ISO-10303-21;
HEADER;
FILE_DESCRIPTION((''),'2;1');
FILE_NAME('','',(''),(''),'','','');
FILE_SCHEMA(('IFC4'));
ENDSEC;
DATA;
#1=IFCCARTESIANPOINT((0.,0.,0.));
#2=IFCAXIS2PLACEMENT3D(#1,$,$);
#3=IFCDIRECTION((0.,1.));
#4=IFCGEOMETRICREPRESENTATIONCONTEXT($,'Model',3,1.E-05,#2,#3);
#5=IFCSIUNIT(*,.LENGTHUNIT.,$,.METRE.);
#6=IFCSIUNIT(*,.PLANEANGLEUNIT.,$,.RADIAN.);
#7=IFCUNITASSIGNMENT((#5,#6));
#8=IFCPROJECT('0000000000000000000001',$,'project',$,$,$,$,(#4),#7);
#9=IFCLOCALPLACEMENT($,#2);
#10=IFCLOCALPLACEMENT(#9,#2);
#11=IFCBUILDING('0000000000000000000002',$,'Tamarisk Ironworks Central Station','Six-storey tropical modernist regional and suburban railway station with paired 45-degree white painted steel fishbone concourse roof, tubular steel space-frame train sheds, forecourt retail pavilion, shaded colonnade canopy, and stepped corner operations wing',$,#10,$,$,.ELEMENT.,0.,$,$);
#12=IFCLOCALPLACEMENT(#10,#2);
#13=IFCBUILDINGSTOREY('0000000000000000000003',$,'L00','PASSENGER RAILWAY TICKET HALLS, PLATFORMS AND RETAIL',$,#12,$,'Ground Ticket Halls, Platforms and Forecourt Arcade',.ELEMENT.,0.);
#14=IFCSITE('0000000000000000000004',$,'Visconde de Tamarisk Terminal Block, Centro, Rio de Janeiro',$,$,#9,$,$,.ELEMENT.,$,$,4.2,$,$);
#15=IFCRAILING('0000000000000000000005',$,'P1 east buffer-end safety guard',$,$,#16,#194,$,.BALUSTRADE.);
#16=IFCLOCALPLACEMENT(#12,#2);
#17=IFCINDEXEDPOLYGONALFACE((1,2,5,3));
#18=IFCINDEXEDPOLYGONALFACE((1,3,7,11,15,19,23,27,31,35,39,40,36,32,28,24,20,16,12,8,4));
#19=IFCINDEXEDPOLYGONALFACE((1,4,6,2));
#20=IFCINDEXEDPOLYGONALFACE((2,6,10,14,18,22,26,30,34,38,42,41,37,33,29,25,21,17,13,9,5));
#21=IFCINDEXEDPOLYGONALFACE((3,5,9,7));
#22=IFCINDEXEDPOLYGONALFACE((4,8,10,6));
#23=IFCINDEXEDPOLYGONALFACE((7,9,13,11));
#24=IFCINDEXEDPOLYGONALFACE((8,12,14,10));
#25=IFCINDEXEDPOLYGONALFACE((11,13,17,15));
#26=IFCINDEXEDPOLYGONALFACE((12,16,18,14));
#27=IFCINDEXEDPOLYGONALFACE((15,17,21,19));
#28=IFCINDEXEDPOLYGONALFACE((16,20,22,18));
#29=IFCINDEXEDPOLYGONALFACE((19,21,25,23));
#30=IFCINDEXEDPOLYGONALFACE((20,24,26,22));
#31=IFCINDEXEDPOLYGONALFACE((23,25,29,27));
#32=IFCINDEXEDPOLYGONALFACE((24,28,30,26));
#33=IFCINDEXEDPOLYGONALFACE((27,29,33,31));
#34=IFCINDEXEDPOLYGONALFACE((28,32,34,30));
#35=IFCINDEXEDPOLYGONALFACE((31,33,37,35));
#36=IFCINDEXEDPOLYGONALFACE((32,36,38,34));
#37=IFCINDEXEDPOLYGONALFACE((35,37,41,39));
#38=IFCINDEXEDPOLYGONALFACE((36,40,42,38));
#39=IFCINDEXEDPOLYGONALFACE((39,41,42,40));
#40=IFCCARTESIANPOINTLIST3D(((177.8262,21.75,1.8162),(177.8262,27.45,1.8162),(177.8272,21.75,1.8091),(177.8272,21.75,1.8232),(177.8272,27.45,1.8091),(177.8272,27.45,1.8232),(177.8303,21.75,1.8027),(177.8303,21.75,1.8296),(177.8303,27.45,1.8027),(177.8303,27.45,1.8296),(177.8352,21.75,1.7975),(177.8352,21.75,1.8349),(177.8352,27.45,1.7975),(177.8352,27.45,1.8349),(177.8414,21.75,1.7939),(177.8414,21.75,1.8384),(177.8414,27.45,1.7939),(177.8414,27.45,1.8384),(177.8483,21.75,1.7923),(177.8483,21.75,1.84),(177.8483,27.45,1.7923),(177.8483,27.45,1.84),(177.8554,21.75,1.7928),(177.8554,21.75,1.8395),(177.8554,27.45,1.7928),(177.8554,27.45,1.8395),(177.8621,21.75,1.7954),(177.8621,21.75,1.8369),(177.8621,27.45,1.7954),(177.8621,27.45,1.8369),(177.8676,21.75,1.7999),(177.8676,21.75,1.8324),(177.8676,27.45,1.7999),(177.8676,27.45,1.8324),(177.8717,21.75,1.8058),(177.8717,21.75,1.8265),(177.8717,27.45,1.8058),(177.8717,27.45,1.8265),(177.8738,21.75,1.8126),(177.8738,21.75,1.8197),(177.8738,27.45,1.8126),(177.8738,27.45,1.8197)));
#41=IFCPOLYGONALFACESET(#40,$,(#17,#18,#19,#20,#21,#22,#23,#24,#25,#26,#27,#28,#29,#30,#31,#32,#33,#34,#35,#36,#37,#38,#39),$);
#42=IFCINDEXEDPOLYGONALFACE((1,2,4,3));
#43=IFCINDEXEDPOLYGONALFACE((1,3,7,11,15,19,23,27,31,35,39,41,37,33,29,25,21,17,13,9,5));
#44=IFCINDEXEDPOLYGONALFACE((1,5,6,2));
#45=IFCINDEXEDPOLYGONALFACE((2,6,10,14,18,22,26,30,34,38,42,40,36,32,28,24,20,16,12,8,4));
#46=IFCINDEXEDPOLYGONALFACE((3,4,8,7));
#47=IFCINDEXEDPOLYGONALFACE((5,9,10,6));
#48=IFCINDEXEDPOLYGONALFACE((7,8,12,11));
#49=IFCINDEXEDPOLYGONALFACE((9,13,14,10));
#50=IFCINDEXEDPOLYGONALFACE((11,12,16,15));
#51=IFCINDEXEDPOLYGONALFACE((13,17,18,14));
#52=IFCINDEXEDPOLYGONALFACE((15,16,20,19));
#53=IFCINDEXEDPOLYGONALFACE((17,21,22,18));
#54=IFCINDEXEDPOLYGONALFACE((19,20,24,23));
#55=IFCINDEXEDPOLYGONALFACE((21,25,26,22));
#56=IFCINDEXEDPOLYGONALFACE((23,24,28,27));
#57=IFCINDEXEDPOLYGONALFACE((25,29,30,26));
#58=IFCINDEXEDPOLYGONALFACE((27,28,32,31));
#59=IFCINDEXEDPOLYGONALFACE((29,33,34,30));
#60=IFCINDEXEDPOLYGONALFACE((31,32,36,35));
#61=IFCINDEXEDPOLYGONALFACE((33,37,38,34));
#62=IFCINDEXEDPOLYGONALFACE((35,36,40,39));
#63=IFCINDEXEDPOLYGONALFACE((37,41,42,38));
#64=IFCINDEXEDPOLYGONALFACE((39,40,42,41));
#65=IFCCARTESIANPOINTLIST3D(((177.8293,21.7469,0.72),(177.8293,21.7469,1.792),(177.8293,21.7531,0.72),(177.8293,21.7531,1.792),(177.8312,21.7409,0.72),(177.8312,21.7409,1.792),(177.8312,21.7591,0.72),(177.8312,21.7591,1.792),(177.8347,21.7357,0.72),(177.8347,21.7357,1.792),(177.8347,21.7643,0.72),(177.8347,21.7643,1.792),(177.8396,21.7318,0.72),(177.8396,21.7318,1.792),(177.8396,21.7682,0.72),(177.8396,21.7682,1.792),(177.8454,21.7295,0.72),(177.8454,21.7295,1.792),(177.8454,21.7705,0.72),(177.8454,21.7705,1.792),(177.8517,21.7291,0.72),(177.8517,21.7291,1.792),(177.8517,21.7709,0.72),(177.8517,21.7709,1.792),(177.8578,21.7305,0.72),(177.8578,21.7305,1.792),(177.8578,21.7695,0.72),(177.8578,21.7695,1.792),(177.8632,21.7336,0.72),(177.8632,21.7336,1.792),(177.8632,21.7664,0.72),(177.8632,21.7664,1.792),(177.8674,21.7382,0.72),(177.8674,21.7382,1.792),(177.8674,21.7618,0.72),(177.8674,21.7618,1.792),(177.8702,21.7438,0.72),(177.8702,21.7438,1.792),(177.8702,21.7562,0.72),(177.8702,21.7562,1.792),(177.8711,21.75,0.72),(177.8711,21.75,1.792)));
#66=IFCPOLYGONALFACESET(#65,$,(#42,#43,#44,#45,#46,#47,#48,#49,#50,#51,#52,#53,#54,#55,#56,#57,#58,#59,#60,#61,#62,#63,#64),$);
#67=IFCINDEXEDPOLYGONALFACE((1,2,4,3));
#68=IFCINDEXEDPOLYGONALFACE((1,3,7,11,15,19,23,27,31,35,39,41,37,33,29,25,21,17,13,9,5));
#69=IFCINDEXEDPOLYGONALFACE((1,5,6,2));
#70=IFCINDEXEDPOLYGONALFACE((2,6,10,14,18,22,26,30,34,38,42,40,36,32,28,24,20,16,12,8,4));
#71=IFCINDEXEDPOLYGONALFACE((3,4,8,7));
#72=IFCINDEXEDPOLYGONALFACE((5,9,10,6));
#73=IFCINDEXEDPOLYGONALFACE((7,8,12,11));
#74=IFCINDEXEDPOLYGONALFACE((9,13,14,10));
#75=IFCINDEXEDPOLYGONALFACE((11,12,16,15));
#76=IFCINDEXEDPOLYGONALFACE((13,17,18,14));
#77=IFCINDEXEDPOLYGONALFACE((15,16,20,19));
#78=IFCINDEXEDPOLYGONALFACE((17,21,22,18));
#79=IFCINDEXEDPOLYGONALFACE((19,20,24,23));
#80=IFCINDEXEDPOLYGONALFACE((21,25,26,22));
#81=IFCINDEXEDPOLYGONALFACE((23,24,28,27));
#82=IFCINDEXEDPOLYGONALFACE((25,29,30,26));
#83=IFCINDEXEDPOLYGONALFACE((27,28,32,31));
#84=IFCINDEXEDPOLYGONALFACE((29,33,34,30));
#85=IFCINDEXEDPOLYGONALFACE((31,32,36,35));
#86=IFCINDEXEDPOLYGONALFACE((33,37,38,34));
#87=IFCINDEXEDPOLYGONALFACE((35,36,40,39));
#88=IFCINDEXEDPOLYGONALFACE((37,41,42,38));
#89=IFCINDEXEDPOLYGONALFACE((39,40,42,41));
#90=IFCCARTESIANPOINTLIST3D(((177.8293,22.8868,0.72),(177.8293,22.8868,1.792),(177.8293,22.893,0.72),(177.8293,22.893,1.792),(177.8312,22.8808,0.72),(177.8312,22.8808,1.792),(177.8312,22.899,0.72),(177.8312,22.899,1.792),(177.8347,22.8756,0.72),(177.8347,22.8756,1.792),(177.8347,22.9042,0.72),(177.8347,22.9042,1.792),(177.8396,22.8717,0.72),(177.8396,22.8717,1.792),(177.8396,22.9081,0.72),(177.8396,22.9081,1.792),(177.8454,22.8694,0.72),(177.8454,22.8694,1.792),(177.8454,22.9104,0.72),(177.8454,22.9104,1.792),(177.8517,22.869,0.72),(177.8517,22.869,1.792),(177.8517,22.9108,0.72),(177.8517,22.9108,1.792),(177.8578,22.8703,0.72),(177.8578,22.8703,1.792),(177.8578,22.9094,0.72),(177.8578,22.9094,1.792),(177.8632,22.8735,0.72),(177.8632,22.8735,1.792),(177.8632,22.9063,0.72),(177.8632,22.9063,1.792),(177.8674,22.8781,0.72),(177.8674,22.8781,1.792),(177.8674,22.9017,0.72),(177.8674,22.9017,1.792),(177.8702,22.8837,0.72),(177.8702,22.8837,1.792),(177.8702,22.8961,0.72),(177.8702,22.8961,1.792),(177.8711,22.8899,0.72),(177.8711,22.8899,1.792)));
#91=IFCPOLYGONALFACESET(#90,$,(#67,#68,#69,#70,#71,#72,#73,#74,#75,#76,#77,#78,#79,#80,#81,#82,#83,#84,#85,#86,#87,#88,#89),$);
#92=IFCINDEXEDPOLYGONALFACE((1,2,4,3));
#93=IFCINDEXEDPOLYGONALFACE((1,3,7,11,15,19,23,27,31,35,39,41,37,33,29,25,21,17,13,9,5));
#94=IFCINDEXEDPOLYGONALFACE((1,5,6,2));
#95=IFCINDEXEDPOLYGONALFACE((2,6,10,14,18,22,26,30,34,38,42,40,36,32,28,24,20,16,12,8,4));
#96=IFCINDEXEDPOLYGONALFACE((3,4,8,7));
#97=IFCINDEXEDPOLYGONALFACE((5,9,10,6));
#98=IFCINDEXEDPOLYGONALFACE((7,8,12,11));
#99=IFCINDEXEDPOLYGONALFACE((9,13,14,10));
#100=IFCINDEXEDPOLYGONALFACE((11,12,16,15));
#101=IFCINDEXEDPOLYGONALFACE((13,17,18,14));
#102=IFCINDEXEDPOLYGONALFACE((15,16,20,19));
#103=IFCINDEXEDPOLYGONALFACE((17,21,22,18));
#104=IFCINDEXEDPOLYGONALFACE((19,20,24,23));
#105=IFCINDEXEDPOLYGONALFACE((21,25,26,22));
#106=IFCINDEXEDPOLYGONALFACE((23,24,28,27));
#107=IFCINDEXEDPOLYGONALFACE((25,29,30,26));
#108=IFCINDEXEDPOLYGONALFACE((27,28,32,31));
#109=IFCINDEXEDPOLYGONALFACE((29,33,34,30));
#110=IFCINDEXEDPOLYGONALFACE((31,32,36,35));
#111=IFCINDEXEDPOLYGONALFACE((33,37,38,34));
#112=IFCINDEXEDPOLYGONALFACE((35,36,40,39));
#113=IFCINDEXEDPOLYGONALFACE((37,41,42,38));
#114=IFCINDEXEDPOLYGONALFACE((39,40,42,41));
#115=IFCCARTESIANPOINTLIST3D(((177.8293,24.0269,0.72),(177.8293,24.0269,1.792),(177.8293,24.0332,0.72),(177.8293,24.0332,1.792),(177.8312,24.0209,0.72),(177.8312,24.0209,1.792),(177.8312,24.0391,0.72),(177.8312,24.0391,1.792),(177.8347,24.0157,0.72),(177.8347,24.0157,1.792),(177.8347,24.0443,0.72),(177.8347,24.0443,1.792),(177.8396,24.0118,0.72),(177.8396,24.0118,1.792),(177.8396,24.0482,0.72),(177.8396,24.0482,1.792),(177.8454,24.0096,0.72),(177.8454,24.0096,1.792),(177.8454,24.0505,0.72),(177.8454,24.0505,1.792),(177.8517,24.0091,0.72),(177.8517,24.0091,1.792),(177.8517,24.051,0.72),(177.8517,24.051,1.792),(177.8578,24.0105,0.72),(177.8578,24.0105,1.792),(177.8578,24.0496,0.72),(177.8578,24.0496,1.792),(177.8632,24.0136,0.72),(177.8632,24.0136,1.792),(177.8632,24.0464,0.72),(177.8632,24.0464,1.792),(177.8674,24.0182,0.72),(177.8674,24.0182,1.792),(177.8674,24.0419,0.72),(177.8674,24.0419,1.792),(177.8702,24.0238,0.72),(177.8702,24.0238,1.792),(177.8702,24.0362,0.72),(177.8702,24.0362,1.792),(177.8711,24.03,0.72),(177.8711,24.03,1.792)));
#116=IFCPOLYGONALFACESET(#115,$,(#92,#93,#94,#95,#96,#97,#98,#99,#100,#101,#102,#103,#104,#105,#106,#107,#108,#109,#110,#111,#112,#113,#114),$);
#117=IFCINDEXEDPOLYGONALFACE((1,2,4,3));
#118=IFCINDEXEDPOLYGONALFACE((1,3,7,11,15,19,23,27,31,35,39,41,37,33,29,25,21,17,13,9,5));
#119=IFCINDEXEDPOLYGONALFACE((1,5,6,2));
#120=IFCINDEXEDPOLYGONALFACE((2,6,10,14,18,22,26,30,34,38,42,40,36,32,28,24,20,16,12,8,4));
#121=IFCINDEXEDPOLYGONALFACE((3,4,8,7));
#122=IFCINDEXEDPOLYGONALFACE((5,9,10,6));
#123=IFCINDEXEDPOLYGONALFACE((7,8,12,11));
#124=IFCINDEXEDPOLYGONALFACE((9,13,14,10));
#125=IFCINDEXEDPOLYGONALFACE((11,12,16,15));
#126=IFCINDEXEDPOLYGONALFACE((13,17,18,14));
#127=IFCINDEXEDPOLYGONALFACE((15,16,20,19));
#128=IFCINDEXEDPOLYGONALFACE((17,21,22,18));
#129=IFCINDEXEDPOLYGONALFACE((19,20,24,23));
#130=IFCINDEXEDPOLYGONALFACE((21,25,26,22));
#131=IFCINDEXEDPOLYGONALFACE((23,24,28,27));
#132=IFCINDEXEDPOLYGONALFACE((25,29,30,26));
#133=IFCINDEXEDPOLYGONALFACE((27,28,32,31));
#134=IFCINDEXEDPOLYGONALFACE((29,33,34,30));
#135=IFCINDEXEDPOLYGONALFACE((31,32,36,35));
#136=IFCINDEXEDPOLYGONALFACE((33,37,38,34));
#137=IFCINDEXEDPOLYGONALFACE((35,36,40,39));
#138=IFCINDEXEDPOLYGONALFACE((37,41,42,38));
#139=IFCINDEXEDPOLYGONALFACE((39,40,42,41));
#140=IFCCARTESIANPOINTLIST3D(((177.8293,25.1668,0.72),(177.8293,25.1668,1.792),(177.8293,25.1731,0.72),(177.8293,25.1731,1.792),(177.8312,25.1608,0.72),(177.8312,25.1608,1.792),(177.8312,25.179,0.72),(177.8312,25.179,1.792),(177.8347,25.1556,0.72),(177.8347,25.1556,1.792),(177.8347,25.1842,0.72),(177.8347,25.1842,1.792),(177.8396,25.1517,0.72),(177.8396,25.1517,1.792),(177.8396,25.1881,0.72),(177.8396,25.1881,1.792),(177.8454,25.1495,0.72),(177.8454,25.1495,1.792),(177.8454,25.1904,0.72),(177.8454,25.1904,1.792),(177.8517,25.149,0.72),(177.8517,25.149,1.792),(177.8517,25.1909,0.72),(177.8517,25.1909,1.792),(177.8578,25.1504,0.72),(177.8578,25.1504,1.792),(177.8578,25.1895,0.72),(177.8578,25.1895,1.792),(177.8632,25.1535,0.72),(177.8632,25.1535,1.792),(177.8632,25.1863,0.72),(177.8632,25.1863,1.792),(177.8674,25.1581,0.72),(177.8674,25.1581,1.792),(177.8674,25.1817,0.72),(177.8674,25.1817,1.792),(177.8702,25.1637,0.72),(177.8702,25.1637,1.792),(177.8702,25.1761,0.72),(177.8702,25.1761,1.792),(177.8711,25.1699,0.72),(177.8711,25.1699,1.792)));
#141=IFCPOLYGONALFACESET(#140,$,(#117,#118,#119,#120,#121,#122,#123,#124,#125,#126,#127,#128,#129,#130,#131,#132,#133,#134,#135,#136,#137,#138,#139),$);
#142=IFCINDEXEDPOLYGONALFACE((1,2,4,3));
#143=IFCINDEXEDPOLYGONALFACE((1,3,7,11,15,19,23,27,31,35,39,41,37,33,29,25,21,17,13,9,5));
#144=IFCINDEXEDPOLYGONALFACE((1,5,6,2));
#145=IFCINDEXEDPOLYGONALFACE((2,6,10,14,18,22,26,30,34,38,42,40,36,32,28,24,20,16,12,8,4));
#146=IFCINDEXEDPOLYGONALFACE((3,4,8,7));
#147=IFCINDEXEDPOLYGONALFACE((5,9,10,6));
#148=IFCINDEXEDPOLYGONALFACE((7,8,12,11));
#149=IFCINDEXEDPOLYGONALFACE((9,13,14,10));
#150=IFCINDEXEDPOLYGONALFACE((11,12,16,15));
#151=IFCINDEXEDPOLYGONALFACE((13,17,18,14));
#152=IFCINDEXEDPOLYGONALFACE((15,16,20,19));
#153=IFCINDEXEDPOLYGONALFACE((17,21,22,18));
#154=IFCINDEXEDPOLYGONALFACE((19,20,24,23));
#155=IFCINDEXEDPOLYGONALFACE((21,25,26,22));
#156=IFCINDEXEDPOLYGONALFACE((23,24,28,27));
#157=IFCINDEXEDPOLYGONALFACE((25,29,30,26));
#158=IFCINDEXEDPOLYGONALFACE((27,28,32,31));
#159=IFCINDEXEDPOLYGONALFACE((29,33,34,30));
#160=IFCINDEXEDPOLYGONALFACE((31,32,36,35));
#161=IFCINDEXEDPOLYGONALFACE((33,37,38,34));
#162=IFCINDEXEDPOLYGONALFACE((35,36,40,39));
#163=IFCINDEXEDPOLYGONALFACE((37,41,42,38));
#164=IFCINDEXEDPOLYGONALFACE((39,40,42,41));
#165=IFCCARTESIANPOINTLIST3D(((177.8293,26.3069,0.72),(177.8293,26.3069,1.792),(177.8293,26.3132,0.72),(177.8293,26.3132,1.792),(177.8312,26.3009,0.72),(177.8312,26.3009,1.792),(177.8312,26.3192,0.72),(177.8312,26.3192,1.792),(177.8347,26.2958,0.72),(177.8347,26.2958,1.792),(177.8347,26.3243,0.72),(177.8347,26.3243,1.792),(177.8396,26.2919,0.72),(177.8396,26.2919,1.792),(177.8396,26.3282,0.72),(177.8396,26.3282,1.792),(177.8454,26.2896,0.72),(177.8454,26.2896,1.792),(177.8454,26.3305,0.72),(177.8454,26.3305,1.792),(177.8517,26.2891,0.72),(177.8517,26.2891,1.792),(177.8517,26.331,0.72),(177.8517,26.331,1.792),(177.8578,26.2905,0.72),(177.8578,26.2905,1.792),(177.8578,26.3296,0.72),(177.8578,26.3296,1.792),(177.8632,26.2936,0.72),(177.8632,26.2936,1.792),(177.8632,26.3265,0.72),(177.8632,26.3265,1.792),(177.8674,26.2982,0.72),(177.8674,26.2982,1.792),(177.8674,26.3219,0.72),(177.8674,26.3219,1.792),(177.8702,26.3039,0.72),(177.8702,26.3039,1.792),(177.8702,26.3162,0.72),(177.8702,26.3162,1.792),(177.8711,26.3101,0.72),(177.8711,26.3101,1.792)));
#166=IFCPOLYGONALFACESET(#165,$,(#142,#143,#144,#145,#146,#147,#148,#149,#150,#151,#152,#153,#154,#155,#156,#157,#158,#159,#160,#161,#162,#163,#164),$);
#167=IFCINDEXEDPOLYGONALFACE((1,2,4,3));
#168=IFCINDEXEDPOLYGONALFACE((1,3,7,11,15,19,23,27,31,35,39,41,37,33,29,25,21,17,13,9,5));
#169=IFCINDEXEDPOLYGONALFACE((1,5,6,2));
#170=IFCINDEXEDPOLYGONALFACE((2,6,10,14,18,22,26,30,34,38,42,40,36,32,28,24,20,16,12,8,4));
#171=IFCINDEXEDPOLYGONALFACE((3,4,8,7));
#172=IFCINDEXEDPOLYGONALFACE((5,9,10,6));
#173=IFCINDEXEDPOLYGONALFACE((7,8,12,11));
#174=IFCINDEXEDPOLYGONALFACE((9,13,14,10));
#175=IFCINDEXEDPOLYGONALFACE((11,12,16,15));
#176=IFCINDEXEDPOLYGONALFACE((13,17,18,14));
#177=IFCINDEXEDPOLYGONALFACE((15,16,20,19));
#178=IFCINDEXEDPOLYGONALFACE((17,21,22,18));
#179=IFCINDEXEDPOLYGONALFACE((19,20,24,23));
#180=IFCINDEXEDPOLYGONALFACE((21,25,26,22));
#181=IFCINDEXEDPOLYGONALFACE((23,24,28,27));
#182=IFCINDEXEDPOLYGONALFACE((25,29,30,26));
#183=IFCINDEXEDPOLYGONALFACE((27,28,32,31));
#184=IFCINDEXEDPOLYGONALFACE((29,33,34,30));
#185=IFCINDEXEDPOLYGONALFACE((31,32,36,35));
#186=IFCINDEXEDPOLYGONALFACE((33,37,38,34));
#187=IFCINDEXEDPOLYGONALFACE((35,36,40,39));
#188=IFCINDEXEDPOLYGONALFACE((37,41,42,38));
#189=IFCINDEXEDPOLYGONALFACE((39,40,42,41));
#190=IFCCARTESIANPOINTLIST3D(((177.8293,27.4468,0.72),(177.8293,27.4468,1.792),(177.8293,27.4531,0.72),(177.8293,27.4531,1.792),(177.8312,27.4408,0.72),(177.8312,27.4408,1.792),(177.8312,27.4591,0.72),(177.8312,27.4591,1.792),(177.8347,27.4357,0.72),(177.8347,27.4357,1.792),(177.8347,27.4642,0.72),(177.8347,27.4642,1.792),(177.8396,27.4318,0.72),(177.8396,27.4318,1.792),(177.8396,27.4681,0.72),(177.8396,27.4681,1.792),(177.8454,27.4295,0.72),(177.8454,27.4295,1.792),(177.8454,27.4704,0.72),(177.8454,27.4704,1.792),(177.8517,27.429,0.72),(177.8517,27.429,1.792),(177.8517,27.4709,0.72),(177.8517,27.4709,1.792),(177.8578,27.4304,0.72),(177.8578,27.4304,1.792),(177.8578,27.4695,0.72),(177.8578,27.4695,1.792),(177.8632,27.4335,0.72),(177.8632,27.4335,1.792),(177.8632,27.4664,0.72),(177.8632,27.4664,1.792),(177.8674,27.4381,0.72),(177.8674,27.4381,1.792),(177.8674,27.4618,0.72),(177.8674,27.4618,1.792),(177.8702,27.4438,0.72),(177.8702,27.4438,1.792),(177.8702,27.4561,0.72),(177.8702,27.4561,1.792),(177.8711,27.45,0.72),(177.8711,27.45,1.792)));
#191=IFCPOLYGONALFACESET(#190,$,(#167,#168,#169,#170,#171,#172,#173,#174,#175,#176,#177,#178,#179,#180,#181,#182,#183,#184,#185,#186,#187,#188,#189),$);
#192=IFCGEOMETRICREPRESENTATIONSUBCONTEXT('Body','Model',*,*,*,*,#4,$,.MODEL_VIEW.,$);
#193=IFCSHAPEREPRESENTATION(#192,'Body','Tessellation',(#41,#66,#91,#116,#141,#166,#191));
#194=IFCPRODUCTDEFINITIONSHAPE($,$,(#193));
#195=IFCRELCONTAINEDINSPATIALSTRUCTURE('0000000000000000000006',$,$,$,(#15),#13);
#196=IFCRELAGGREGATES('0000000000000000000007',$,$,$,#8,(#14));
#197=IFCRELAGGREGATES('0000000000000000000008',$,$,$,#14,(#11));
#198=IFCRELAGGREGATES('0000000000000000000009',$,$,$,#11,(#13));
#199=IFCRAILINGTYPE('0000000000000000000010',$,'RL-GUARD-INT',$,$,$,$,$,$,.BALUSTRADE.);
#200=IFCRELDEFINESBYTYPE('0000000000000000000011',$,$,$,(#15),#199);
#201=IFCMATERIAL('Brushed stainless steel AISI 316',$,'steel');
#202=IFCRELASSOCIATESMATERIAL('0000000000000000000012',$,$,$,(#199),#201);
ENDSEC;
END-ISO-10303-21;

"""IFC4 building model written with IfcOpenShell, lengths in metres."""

from ifc_helpers import new_model, si_unit, direction, frame, origin, origin_2d, place, context, subcontext, project, spatial, circle, extrude, material, type_object, element, save


model = new_model("IFC4")

# Units and contexts
model_context = context("Model", 3, precision=1e-05, world=origin(), true_north=direction((0.0, 1.0)))
body_context = subcontext(model_context, "Body", "Model", "MODEL_VIEW")
ifc_project = project(units=[si_unit("LENGTHUNIT", "METRE"), si_unit("PLANEANGLEUNIT", "RADIAN")], contexts=[model_context])

# Site, building, storey
site_placement = place(None, origin())
site = spatial("IfcSite", under=ifc_project, at=site_placement, Name="Visconde de Tamarisk Terminal Block, Centro, Rio de Janeiro", CompositionType="ELEMENT", RefElevation=4.2)
building_placement = place(site_placement, origin())
building = spatial("IfcBuilding", under=site, at=building_placement, Name="Tamarisk Ironworks Central Station", Description="Six-storey tropical modernist regional and suburban railway station with paired 45-degree white painted steel fishbone concourse roof, tubular steel space-frame train sheds, forecourt retail pavilion, shaded colonnade canopy, and stepped corner operations wing", CompositionType="ELEMENT", ElevationOfRefHeight=0.0)
storey_placement = place(building_placement, origin())
storey = spatial("IfcBuildingStorey", under=building, at=storey_placement, Name="L00", Description="PASSENGER RAILWAY TICKET HALLS, PLATFORMS AND RETAIL", LongName="Ground Ticket Halls, Platforms and Forecourt Arcade", CompositionType="ELEMENT", Elevation=0.0)

# Railing
ifc_material_1 = material(Name="Brushed stainless steel AISI 316", Category="steel")
railing_type = type_object("IfcRailingType", Name="RL-GUARD-INT", PredefinedType="BALUSTRADE", material=ifc_material_1)
railing_1_placement = place(storey_placement, frame((177.8501, 21.75, 0.72)))
element("IfcRailing", 1, at=railing_1_placement, inside=storey, type_object=railing_type, Name="P1 east buffer-end safety guard", PredefinedType="BALUSTRADE", context=body_context, shape_type="SweptSolid", body=[
    extrude(circle(Radius=0.0239, at=origin_2d()), frame((0.0, 0.0, 1.0962), z_axis=(0.0, 1.0, 0.0), x_axis=(-1.0, 0.0, 0.0)), (0.0, 0.0, 1.0), 5.7),
    extrude(circle(Radius=0.021, at=origin_2d()), origin(), (0.0, 0.0, 1.0), 1.072),
    extrude(circle(Radius=0.021, at=origin_2d()), frame((0.0, 1.1399, 0.0)), (0.0, 0.0, 1.0), 1.072),
    extrude(circle(Radius=0.021, at=origin_2d()), frame((0.0, 2.28, 0.0)), (0.0, 0.0, 1.0), 1.072),
    extrude(circle(Radius=0.021, at=origin_2d()), frame((0.0, 3.4199, 0.0)), (0.0, 0.0, 1.0), 1.072),
    extrude(circle(Radius=0.021, at=origin_2d()), frame((0.0, 4.5601, 0.0)), (0.0, 0.0, 1.0), 1.072),
    extrude(circle(Radius=0.021, at=origin_2d()), frame((0.0, 5.7, 0.0)), (0.0, 0.0, 1.0), 1.072),
])

save(model, "model.ifc")
